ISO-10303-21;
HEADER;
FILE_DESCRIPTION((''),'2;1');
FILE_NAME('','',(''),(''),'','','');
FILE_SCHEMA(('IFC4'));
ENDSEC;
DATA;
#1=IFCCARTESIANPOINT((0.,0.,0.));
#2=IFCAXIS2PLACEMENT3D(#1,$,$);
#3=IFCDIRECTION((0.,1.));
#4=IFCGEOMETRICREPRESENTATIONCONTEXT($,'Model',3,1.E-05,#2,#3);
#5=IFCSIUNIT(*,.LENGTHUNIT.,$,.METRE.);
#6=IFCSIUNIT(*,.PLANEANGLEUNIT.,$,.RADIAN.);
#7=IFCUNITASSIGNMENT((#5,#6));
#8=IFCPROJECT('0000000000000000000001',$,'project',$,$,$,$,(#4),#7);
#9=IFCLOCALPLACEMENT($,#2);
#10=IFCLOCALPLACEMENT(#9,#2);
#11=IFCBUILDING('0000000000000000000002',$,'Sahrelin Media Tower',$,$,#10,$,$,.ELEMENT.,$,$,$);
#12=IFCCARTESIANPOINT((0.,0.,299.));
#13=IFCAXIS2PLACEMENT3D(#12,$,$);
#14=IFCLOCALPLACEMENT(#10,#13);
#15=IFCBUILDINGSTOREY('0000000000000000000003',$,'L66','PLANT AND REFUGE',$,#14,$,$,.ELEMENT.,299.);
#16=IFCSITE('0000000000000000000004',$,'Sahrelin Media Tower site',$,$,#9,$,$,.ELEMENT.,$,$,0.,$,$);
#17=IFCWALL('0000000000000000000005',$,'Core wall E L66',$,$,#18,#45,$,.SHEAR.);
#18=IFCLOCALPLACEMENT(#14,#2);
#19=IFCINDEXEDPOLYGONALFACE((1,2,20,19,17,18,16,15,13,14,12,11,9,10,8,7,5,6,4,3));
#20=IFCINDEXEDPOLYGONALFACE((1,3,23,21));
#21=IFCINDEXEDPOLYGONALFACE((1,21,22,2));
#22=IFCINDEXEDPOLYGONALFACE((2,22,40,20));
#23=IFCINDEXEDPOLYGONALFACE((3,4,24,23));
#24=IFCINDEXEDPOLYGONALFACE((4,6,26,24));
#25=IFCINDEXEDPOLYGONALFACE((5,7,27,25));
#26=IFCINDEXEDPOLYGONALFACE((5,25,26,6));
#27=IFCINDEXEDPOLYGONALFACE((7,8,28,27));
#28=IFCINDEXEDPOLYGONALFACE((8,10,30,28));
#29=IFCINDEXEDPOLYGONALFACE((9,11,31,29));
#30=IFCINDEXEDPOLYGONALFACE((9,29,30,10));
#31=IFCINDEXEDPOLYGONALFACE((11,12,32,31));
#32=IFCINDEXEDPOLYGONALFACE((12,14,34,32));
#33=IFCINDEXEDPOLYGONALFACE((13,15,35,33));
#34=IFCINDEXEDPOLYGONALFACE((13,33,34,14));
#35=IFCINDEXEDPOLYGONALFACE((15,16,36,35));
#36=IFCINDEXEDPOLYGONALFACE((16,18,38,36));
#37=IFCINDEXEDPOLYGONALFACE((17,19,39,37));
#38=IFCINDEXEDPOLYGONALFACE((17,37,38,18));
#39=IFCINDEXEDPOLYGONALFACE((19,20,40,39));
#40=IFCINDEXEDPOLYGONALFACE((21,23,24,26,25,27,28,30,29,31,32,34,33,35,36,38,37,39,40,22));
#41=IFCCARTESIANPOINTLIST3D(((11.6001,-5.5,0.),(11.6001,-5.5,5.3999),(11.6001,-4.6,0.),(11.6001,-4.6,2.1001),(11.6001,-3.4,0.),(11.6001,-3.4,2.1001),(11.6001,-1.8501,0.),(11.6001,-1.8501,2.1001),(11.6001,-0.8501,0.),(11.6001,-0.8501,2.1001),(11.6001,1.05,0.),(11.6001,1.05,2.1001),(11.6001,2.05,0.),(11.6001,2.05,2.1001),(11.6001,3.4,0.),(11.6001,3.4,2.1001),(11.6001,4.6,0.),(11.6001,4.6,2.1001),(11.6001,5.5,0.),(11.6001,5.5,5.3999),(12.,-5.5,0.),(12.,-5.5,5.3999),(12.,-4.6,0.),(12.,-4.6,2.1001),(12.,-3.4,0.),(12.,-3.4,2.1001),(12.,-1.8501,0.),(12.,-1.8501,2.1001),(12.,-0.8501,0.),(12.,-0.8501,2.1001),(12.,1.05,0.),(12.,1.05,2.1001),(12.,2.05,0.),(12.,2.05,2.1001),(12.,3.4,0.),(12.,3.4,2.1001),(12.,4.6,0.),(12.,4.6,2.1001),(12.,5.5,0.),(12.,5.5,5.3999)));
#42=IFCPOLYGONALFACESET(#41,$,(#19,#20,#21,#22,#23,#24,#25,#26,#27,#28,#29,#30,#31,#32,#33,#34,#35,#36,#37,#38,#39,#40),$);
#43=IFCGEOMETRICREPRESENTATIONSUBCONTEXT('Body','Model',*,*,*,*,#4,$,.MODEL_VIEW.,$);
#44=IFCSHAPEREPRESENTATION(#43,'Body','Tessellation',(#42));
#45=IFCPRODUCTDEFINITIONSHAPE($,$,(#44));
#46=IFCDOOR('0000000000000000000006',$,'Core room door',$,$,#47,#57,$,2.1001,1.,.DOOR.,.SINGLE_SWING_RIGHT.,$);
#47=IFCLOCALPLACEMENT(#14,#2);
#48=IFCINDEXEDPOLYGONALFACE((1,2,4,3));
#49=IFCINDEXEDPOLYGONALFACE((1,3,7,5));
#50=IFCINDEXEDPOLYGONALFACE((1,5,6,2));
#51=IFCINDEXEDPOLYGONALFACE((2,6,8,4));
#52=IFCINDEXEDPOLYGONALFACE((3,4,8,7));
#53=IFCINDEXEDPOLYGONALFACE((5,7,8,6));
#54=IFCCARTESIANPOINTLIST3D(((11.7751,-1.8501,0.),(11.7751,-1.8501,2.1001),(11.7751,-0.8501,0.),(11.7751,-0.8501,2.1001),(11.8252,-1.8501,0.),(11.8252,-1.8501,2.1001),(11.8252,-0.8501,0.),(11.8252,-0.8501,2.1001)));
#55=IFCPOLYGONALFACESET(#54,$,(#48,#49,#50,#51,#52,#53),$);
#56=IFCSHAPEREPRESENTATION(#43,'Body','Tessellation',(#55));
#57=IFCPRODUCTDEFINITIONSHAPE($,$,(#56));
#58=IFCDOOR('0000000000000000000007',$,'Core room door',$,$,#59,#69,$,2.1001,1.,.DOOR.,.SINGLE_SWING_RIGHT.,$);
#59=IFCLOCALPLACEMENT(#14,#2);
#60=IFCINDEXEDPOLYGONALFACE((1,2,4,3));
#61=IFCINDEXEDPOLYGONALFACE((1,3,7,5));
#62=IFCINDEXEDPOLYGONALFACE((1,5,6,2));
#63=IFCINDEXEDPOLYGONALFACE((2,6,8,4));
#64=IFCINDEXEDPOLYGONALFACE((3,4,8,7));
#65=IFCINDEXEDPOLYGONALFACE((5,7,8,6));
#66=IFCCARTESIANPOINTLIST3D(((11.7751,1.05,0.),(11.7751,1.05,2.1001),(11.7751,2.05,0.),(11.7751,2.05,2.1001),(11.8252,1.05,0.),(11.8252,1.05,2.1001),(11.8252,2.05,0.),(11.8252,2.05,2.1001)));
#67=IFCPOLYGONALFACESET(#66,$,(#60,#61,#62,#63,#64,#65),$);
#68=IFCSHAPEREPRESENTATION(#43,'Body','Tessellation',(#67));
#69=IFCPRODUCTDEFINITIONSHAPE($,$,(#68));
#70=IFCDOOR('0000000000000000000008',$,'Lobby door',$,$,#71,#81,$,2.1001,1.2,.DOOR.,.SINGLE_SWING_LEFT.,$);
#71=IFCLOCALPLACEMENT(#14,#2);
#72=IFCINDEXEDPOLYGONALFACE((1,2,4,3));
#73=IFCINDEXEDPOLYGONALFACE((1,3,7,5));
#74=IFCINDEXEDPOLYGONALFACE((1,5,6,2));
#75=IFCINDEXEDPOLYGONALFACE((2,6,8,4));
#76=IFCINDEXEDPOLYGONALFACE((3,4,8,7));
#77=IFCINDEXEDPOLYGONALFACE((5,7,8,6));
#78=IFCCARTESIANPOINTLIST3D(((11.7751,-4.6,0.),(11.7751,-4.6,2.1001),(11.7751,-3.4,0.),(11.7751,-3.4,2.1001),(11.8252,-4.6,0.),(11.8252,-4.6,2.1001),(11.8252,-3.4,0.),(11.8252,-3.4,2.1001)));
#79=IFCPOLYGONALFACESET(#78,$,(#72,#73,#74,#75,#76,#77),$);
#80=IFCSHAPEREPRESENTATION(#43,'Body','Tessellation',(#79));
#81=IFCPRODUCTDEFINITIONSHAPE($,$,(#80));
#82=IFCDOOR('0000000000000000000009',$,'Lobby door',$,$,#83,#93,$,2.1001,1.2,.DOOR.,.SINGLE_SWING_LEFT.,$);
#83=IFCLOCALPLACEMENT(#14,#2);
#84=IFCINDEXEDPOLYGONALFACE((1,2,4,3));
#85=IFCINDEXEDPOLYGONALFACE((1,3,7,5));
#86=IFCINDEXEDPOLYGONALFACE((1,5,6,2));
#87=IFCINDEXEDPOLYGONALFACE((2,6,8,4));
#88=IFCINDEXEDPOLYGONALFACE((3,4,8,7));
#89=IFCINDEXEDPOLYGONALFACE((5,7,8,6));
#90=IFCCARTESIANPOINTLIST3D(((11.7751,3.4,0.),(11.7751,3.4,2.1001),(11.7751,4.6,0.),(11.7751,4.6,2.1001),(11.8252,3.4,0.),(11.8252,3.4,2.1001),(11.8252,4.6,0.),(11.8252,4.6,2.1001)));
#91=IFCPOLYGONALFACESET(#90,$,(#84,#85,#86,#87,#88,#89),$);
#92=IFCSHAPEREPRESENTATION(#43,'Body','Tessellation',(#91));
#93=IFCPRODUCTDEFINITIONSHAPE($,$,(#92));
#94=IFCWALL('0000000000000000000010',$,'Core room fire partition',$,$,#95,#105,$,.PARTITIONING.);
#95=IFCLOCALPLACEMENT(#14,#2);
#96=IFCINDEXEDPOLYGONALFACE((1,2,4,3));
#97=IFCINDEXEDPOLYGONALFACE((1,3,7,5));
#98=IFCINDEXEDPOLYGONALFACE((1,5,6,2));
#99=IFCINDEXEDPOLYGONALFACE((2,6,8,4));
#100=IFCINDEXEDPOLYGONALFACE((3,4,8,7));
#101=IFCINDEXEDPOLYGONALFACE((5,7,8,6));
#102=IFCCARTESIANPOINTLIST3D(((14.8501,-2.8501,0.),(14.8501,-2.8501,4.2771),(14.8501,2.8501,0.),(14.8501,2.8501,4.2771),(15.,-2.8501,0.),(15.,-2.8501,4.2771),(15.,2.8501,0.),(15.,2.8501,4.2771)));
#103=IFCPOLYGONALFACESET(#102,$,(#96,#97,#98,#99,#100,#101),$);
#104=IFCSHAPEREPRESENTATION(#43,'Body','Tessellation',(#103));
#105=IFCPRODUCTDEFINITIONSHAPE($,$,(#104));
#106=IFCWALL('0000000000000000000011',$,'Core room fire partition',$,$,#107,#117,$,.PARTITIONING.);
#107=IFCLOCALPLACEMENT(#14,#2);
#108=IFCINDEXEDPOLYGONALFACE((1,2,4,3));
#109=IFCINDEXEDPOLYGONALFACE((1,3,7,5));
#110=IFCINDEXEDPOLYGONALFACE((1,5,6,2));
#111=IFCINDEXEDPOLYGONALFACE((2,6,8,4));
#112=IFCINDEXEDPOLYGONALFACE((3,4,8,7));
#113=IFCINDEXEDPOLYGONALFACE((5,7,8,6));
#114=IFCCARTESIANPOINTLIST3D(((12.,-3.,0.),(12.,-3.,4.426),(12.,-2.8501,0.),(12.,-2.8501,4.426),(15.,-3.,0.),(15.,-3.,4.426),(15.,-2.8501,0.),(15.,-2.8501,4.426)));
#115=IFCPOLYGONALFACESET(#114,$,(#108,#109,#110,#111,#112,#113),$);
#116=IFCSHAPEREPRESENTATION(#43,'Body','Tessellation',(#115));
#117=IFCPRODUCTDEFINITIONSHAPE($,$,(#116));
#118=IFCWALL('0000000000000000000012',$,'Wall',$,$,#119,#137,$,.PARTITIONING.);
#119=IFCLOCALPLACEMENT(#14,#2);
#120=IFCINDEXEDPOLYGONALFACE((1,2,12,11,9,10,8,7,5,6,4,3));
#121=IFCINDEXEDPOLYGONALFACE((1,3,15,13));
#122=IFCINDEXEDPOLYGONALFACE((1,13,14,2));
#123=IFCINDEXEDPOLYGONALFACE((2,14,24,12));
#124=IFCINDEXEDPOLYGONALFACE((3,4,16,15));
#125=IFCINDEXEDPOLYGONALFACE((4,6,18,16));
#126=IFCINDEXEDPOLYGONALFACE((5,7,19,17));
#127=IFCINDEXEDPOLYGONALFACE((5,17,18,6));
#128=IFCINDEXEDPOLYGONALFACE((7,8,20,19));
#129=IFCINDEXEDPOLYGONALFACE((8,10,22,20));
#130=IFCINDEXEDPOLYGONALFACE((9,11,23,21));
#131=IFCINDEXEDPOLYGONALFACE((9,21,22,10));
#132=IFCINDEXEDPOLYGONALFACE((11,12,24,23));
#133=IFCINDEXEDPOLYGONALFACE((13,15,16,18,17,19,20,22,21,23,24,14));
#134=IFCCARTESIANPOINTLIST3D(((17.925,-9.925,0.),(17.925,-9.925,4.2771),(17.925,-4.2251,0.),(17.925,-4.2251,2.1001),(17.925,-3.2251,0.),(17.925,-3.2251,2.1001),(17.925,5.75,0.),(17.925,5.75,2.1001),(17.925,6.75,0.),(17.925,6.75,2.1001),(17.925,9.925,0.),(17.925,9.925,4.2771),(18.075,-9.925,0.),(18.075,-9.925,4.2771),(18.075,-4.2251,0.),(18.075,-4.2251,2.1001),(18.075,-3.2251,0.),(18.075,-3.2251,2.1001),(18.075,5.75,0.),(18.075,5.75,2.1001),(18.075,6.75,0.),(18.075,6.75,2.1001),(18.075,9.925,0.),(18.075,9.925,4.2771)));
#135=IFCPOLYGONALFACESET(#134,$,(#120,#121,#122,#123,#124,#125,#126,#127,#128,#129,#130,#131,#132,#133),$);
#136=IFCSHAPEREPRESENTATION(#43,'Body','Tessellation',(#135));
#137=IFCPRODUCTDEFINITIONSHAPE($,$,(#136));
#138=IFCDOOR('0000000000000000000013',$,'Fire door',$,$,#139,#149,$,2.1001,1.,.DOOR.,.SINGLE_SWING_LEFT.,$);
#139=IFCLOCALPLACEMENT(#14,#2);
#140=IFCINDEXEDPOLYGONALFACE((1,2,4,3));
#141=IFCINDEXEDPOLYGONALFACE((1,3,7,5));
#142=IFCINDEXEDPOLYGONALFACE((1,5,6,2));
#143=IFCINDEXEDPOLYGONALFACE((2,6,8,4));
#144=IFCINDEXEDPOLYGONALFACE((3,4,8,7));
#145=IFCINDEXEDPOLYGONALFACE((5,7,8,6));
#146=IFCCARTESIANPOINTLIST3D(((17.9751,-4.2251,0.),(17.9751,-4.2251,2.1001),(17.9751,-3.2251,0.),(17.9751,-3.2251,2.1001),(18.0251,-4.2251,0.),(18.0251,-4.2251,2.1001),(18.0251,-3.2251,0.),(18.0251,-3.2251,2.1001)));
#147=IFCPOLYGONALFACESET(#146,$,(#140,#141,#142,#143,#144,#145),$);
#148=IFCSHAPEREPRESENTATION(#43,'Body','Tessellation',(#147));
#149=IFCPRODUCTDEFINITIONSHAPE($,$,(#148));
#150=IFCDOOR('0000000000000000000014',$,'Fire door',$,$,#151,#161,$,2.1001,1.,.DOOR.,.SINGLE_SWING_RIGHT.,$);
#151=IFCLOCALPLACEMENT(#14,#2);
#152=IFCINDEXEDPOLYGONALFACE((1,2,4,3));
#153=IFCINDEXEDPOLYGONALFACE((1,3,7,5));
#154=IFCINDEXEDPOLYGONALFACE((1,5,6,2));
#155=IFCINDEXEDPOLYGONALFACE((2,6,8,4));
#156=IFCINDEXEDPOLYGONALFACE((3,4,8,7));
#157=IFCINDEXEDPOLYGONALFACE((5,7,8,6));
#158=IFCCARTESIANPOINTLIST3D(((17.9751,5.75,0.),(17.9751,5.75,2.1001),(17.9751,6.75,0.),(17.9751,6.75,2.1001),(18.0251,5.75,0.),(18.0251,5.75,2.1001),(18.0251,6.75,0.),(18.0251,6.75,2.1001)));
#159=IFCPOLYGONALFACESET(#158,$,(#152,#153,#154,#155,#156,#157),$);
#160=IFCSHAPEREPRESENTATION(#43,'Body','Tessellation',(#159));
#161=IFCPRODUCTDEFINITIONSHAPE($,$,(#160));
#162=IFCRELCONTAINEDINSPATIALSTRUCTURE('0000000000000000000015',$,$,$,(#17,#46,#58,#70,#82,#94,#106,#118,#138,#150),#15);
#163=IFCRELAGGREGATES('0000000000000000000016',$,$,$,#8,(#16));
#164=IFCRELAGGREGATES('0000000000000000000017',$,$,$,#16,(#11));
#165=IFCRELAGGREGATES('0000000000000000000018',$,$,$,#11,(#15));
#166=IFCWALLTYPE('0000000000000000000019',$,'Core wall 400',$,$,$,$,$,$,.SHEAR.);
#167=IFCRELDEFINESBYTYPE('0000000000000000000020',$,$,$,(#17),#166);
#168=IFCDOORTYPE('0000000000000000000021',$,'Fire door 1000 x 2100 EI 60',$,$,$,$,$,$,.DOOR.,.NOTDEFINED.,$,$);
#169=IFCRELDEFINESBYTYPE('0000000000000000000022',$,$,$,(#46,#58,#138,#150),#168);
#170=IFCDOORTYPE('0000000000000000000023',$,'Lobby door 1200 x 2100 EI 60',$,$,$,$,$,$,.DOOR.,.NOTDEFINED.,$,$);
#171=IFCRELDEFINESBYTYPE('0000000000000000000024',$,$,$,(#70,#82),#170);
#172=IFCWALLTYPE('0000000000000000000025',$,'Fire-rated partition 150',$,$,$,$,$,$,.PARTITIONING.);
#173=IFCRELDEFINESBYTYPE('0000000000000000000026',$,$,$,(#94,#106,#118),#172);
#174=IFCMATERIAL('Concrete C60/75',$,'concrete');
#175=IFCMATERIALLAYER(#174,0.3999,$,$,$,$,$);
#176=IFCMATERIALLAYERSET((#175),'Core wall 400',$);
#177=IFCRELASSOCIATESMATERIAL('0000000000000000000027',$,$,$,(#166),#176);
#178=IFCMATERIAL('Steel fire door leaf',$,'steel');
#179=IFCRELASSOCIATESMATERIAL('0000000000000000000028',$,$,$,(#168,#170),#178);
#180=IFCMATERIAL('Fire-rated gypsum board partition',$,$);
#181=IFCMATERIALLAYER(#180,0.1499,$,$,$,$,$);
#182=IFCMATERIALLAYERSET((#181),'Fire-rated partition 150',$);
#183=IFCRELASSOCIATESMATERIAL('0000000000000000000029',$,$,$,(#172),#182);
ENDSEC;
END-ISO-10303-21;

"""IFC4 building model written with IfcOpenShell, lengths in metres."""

from ifc_helpers import new_model, si_unit, direction, frame, frame_2d, origin, place, context, subcontext, project, spatial, rectangle, extrude, material, layer, layer_set, type_object, element, fill, save


model = new_model("IFC4")

# Units and contexts
model_context = context("Model", 3, precision=1e-05, world=origin(), true_north=direction((0.0, 1.0)))
body_context = subcontext(model_context, "Body", "Model", "MODEL_VIEW")
ifc_project = project(units=[si_unit("LENGTHUNIT", "METRE"), si_unit("PLANEANGLEUNIT", "RADIAN")], contexts=[model_context])

# Site, building, storey
site_placement = place(None, origin())
site = spatial("IfcSite", under=ifc_project, at=site_placement, Name="Sahrelin Media Tower site", CompositionType="ELEMENT", RefElevation=0.0)
building_placement = place(site_placement, origin())
building = spatial("IfcBuilding", under=site, at=building_placement, Name="Sahrelin Media Tower", CompositionType="ELEMENT")
storey_placement = place(building_placement, frame((0.0, 0.0, 299.0)))
storey = spatial("IfcBuildingStorey", under=building, at=storey_placement, Name="L66", Description="PLANT AND REFUGE", CompositionType="ELEMENT", Elevation=299.0)

# Wall, openings, doors
ifc_material_1 = material(Name="Concrete C60/75", Category="concrete")
ifc_layer_1 = layer(ifc_material_1, 0.3999)
ifc_layer_set_1 = layer_set([ifc_layer_1], Name="Core wall 400")
wall_type_1 = type_object("IfcWallType", Name="Core wall 400", PredefinedType="SHEAR", material=ifc_layer_set_1)
wall_1_placement = place(storey_placement, frame((11.8, -5.5, 0.0), z_axis=(0.0, 0.0, 1.0), x_axis=(0.0, 1.0, 0.0)))
wall_1 = element("IfcWall", 1, at=wall_1_placement, inside=storey, type_object=wall_type_1, Name="Core wall E L66", PredefinedType="SHEAR", context=body_context, shape_type="SweptSolid", body=[
    extrude(rectangle(XDim=11.0, YDim=0.3999, at=frame_2d((5.5, 0.0))), origin(), (0.0, 0.0, 1.0), 5.3999),
])
opening_1_placement = place(wall_1_placement, frame((3.6499, 0.0, 0.0)))
opening_1 = element("IfcOpeningElement", 2, at=opening_1_placement, cuts=wall_1, PredefinedType="OPENING", context=body_context, shape_type="SweptSolid", body=[
    extrude(rectangle(XDim=1.0, YDim=2.1001, at=frame_2d((0.5, 1.05))), frame((0.0, 0.2, 0.0), z_axis=(0.0, -1.0, 0.0), x_axis=(1.0, 0.0, 0.0)), (0.0, 0.0, 1.0), 0.3999),
])
opening_2_placement = place(wall_1_placement, frame((6.55, 0.0, 0.0)))
opening_2 = element("IfcOpeningElement", 3, at=opening_2_placement, cuts=wall_1, PredefinedType="OPENING", context=body_context, shape_type="SweptSolid", body=[
    extrude(rectangle(XDim=1.0, YDim=2.1001, at=frame_2d((0.5, 1.05))), frame((0.0, 0.2, 0.0), z_axis=(0.0, -1.0, 0.0), x_axis=(1.0, 0.0, 0.0)), (0.0, 0.0, 1.0), 0.3999),
])
opening_3_placement = place(wall_1_placement, frame((0.8999, 0.0, 0.0)))
opening_3 = element("IfcOpeningElement", 4, at=opening_3_placement, cuts=wall_1, PredefinedType="OPENING", context=body_context, shape_type="SweptSolid", body=[
    extrude(rectangle(XDim=1.2, YDim=2.1001, at=frame_2d((0.6001, 1.05))), frame((0.0, 0.2, 0.0), z_axis=(0.0, -1.0, 0.0), x_axis=(1.0, 0.0, 0.0)), (0.0, 0.0, 1.0), 0.3999),
])
opening_4_placement = place(wall_1_placement, frame((8.8999, 0.0, 0.0)))
opening_4 = element("IfcOpeningElement", 5, at=opening_4_placement, cuts=wall_1, PredefinedType="OPENING", context=body_context, shape_type="SweptSolid", body=[
    extrude(rectangle(XDim=1.2, YDim=2.1001, at=frame_2d((0.6001, 1.05))), frame((0.0, 0.2, 0.0), z_axis=(0.0, -1.0, 0.0), x_axis=(1.0, 0.0, 0.0)), (0.0, 0.0, 1.0), 0.3999),
])
ifc_material_2 = material(Name="Steel fire door leaf", Category="steel")
door_type_1 = type_object("IfcDoorType", Name="Fire door 1000 x 2100 EI 60", OperationType="NOTDEFINED", PredefinedType="DOOR", material=ifc_material_2)
door_1_placement = place(opening_1_placement, origin())
door_1 = element("IfcDoor", 6, at=door_1_placement, inside=storey, type_object=door_type_1, Name="Core room door", OperationType="SINGLE_SWING_RIGHT", OverallHeight=2.1001, OverallWidth=1.0, PredefinedType="DOOR", context=body_context, shape_type="SweptSolid", body=[
    extrude(rectangle(XDim=1.0, YDim=2.1001, at=frame_2d((0.5, 1.05))), frame((0.0, 0.0249, 0.0), z_axis=(0.0, -1.0, 0.0), x_axis=(1.0, 0.0, 0.0)), (0.0, 0.0, 1.0), 0.05),
])
fill(opening_1, door_1)
door_2_placement = place(opening_2_placement, origin())
door_2 = element("IfcDoor", 7, at=door_2_placement, inside=storey, type_object=door_type_1, Name="Core room door", OperationType="SINGLE_SWING_RIGHT", OverallHeight=2.1001, OverallWidth=1.0, PredefinedType="DOOR", context=body_context, shape_type="SweptSolid", body=[
    extrude(rectangle(XDim=1.0, YDim=2.1001, at=frame_2d((0.5, 1.05))), frame((0.0, 0.0249, 0.0), z_axis=(0.0, -1.0, 0.0), x_axis=(1.0, 0.0, 0.0)), (0.0, 0.0, 1.0), 0.05),
])
fill(opening_2, door_2)
door_type_2 = type_object("IfcDoorType", Name="Lobby door 1200 x 2100 EI 60", OperationType="NOTDEFINED", PredefinedType="DOOR", material=ifc_material_2)
door_3_placement = place(opening_3_placement, origin())
door_3 = element("IfcDoor", 8, at=door_3_placement, inside=storey, type_object=door_type_2, Name="Lobby door", OperationType="SINGLE_SWING_LEFT", OverallHeight=2.1001, OverallWidth=1.2, PredefinedType="DOOR", context=body_context, shape_type="SweptSolid", body=[
    extrude(rectangle(XDim=1.2, YDim=2.1001, at=frame_2d((0.6001, 1.05))), frame((0.0, 0.0249, 0.0), z_axis=(0.0, -1.0, 0.0), x_axis=(1.0, 0.0, 0.0)), (0.0, 0.0, 1.0), 0.05),
])
fill(opening_3, door_3)
door_4_placement = place(opening_4_placement, origin())
door_4 = element("IfcDoor", 9, at=door_4_placement, inside=storey, type_object=door_type_2, Name="Lobby door", OperationType="SINGLE_SWING_LEFT", OverallHeight=2.1001, OverallWidth=1.2, PredefinedType="DOOR", context=body_context, shape_type="SweptSolid", body=[
    extrude(rectangle(XDim=1.2, YDim=2.1001, at=frame_2d((0.6001, 1.05))), frame((0.0, 0.0249, 0.0), z_axis=(0.0, -1.0, 0.0), x_axis=(1.0, 0.0, 0.0)), (0.0, 0.0, 1.0), 0.05),
])
fill(opening_4, door_4)

# Walls
ifc_material_3 = material(Name="Fire-rated gypsum board partition")
ifc_layer_2 = layer(ifc_material_3, 0.1499)
ifc_layer_set_2 = layer_set([ifc_layer_2], Name="Fire-rated partition 150")
wall_type_2 = type_object("IfcWallType", Name="Fire-rated partition 150", PredefinedType="PARTITIONING", material=ifc_layer_set_2)
wall_2_placement = place(storey_placement, frame((14.925, -2.8501, 0.0), z_axis=(0.0, 0.0, 1.0), x_axis=(0.0, 1.0, 0.0)))
element("IfcWall", 10, at=wall_2_placement, inside=storey, type_object=wall_type_2, Name="Core room fire partition", PredefinedType="PARTITIONING", context=body_context, shape_type="SweptSolid", body=[
    extrude(rectangle(XDim=5.7002, YDim=0.1499, at=frame_2d((2.8501, 0.0))), origin(), (0.0, 0.0, 1.0), 4.2771),
])
wall_3_placement = place(storey_placement, frame((12.0, -2.925, 0.0), z_axis=(0.0, 0.0, 1.0), x_axis=(1.0, 0.0, 0.0)))
element("IfcWall", 11, at=wall_3_placement, inside=storey, type_object=wall_type_2, Name="Core room fire partition", PredefinedType="PARTITIONING", context=body_context, shape_type="SweptSolid", body=[
    extrude(rectangle(XDim=3.0, YDim=0.1499, at=frame_2d((1.5, 0.0))), origin(), (0.0, 0.0, 1.0), 4.426),
])

# Wall, openings, doors
wall_4_placement = place(storey_placement, frame((18.0, -9.925, 0.0), z_axis=(0.0, 0.0, 1.0), x_axis=(0.0, 1.0, 0.0)))
wall_4 = element("IfcWall", 12, at=wall_4_placement, inside=storey, type_object=wall_type_2, Name="Wall", PredefinedType="PARTITIONING", context=body_context, shape_type="SweptSolid", body=[
    extrude(rectangle(XDim=19.8501, YDim=0.1499, at=frame_2d((9.925, 0.0))), origin(), (0.0, 0.0, 1.0), 4.2771),
])
opening_5_placement = place(wall_4_placement, frame((5.7, 0.0, 0.0)))
opening_5 = element("IfcOpeningElement", 13, at=opening_5_placement, cuts=wall_4, PredefinedType="OPENING", context=body_context, shape_type="SweptSolid", body=[
    extrude(rectangle(XDim=1.0, YDim=2.1001, at=frame_2d((0.5, 1.05))), frame((0.0, 0.075, 0.0), z_axis=(0.0, -1.0, 0.0), x_axis=(1.0, 0.0, 0.0)), (0.0, 0.0, 1.0), 0.1499),
])
opening_6_placement = place(wall_4_placement, frame((15.675, 0.0, 0.0)))
opening_6 = element("IfcOpeningElement", 14, at=opening_6_placement, cuts=wall_4, PredefinedType="OPENING", context=body_context, shape_type="SweptSolid", body=[
    extrude(rectangle(XDim=1.0, YDim=2.1001, at=frame_2d((0.5, 1.05))), frame((0.0, 0.075, 0.0), z_axis=(0.0, -1.0, 0.0), x_axis=(1.0, 0.0, 0.0)), (0.0, 0.0, 1.0), 0.1499),
])
door_5_placement = place(opening_5_placement, origin())
door_5 = element("IfcDoor", 15, at=door_5_placement, inside=storey, type_object=door_type_1, Name="Fire door", OperationType="SINGLE_SWING_LEFT", OverallHeight=2.1001, OverallWidth=1.0, PredefinedType="DOOR", context=body_context, shape_type="SweptSolid", body=[
    extrude(rectangle(XDim=1.0, YDim=2.1001, at=frame_2d((0.5, 1.05))), frame((0.0, 0.0249, 0.0), z_axis=(0.0, -1.0, 0.0), x_axis=(1.0, 0.0, 0.0)), (0.0, 0.0, 1.0), 0.05),
])
fill(opening_5, door_5)
door_6_placement = place(opening_6_placement, origin())
door_6 = element("IfcDoor", 16, at=door_6_placement, inside=storey, type_object=door_type_1, Name="Fire door", OperationType="SINGLE_SWING_RIGHT", OverallHeight=2.1001, OverallWidth=1.0, PredefinedType="DOOR", context=body_context, shape_type="SweptSolid", body=[
    extrude(rectangle(XDim=1.0, YDim=2.1001, at=frame_2d((0.5, 1.05))), frame((0.0, 0.0249, 0.0), z_axis=(0.0, -1.0, 0.0), x_axis=(1.0, 0.0, 0.0)), (0.0, 0.0, 1.0), 0.05),
])
fill(opening_6, door_6)

save(model, "model.ifc")
